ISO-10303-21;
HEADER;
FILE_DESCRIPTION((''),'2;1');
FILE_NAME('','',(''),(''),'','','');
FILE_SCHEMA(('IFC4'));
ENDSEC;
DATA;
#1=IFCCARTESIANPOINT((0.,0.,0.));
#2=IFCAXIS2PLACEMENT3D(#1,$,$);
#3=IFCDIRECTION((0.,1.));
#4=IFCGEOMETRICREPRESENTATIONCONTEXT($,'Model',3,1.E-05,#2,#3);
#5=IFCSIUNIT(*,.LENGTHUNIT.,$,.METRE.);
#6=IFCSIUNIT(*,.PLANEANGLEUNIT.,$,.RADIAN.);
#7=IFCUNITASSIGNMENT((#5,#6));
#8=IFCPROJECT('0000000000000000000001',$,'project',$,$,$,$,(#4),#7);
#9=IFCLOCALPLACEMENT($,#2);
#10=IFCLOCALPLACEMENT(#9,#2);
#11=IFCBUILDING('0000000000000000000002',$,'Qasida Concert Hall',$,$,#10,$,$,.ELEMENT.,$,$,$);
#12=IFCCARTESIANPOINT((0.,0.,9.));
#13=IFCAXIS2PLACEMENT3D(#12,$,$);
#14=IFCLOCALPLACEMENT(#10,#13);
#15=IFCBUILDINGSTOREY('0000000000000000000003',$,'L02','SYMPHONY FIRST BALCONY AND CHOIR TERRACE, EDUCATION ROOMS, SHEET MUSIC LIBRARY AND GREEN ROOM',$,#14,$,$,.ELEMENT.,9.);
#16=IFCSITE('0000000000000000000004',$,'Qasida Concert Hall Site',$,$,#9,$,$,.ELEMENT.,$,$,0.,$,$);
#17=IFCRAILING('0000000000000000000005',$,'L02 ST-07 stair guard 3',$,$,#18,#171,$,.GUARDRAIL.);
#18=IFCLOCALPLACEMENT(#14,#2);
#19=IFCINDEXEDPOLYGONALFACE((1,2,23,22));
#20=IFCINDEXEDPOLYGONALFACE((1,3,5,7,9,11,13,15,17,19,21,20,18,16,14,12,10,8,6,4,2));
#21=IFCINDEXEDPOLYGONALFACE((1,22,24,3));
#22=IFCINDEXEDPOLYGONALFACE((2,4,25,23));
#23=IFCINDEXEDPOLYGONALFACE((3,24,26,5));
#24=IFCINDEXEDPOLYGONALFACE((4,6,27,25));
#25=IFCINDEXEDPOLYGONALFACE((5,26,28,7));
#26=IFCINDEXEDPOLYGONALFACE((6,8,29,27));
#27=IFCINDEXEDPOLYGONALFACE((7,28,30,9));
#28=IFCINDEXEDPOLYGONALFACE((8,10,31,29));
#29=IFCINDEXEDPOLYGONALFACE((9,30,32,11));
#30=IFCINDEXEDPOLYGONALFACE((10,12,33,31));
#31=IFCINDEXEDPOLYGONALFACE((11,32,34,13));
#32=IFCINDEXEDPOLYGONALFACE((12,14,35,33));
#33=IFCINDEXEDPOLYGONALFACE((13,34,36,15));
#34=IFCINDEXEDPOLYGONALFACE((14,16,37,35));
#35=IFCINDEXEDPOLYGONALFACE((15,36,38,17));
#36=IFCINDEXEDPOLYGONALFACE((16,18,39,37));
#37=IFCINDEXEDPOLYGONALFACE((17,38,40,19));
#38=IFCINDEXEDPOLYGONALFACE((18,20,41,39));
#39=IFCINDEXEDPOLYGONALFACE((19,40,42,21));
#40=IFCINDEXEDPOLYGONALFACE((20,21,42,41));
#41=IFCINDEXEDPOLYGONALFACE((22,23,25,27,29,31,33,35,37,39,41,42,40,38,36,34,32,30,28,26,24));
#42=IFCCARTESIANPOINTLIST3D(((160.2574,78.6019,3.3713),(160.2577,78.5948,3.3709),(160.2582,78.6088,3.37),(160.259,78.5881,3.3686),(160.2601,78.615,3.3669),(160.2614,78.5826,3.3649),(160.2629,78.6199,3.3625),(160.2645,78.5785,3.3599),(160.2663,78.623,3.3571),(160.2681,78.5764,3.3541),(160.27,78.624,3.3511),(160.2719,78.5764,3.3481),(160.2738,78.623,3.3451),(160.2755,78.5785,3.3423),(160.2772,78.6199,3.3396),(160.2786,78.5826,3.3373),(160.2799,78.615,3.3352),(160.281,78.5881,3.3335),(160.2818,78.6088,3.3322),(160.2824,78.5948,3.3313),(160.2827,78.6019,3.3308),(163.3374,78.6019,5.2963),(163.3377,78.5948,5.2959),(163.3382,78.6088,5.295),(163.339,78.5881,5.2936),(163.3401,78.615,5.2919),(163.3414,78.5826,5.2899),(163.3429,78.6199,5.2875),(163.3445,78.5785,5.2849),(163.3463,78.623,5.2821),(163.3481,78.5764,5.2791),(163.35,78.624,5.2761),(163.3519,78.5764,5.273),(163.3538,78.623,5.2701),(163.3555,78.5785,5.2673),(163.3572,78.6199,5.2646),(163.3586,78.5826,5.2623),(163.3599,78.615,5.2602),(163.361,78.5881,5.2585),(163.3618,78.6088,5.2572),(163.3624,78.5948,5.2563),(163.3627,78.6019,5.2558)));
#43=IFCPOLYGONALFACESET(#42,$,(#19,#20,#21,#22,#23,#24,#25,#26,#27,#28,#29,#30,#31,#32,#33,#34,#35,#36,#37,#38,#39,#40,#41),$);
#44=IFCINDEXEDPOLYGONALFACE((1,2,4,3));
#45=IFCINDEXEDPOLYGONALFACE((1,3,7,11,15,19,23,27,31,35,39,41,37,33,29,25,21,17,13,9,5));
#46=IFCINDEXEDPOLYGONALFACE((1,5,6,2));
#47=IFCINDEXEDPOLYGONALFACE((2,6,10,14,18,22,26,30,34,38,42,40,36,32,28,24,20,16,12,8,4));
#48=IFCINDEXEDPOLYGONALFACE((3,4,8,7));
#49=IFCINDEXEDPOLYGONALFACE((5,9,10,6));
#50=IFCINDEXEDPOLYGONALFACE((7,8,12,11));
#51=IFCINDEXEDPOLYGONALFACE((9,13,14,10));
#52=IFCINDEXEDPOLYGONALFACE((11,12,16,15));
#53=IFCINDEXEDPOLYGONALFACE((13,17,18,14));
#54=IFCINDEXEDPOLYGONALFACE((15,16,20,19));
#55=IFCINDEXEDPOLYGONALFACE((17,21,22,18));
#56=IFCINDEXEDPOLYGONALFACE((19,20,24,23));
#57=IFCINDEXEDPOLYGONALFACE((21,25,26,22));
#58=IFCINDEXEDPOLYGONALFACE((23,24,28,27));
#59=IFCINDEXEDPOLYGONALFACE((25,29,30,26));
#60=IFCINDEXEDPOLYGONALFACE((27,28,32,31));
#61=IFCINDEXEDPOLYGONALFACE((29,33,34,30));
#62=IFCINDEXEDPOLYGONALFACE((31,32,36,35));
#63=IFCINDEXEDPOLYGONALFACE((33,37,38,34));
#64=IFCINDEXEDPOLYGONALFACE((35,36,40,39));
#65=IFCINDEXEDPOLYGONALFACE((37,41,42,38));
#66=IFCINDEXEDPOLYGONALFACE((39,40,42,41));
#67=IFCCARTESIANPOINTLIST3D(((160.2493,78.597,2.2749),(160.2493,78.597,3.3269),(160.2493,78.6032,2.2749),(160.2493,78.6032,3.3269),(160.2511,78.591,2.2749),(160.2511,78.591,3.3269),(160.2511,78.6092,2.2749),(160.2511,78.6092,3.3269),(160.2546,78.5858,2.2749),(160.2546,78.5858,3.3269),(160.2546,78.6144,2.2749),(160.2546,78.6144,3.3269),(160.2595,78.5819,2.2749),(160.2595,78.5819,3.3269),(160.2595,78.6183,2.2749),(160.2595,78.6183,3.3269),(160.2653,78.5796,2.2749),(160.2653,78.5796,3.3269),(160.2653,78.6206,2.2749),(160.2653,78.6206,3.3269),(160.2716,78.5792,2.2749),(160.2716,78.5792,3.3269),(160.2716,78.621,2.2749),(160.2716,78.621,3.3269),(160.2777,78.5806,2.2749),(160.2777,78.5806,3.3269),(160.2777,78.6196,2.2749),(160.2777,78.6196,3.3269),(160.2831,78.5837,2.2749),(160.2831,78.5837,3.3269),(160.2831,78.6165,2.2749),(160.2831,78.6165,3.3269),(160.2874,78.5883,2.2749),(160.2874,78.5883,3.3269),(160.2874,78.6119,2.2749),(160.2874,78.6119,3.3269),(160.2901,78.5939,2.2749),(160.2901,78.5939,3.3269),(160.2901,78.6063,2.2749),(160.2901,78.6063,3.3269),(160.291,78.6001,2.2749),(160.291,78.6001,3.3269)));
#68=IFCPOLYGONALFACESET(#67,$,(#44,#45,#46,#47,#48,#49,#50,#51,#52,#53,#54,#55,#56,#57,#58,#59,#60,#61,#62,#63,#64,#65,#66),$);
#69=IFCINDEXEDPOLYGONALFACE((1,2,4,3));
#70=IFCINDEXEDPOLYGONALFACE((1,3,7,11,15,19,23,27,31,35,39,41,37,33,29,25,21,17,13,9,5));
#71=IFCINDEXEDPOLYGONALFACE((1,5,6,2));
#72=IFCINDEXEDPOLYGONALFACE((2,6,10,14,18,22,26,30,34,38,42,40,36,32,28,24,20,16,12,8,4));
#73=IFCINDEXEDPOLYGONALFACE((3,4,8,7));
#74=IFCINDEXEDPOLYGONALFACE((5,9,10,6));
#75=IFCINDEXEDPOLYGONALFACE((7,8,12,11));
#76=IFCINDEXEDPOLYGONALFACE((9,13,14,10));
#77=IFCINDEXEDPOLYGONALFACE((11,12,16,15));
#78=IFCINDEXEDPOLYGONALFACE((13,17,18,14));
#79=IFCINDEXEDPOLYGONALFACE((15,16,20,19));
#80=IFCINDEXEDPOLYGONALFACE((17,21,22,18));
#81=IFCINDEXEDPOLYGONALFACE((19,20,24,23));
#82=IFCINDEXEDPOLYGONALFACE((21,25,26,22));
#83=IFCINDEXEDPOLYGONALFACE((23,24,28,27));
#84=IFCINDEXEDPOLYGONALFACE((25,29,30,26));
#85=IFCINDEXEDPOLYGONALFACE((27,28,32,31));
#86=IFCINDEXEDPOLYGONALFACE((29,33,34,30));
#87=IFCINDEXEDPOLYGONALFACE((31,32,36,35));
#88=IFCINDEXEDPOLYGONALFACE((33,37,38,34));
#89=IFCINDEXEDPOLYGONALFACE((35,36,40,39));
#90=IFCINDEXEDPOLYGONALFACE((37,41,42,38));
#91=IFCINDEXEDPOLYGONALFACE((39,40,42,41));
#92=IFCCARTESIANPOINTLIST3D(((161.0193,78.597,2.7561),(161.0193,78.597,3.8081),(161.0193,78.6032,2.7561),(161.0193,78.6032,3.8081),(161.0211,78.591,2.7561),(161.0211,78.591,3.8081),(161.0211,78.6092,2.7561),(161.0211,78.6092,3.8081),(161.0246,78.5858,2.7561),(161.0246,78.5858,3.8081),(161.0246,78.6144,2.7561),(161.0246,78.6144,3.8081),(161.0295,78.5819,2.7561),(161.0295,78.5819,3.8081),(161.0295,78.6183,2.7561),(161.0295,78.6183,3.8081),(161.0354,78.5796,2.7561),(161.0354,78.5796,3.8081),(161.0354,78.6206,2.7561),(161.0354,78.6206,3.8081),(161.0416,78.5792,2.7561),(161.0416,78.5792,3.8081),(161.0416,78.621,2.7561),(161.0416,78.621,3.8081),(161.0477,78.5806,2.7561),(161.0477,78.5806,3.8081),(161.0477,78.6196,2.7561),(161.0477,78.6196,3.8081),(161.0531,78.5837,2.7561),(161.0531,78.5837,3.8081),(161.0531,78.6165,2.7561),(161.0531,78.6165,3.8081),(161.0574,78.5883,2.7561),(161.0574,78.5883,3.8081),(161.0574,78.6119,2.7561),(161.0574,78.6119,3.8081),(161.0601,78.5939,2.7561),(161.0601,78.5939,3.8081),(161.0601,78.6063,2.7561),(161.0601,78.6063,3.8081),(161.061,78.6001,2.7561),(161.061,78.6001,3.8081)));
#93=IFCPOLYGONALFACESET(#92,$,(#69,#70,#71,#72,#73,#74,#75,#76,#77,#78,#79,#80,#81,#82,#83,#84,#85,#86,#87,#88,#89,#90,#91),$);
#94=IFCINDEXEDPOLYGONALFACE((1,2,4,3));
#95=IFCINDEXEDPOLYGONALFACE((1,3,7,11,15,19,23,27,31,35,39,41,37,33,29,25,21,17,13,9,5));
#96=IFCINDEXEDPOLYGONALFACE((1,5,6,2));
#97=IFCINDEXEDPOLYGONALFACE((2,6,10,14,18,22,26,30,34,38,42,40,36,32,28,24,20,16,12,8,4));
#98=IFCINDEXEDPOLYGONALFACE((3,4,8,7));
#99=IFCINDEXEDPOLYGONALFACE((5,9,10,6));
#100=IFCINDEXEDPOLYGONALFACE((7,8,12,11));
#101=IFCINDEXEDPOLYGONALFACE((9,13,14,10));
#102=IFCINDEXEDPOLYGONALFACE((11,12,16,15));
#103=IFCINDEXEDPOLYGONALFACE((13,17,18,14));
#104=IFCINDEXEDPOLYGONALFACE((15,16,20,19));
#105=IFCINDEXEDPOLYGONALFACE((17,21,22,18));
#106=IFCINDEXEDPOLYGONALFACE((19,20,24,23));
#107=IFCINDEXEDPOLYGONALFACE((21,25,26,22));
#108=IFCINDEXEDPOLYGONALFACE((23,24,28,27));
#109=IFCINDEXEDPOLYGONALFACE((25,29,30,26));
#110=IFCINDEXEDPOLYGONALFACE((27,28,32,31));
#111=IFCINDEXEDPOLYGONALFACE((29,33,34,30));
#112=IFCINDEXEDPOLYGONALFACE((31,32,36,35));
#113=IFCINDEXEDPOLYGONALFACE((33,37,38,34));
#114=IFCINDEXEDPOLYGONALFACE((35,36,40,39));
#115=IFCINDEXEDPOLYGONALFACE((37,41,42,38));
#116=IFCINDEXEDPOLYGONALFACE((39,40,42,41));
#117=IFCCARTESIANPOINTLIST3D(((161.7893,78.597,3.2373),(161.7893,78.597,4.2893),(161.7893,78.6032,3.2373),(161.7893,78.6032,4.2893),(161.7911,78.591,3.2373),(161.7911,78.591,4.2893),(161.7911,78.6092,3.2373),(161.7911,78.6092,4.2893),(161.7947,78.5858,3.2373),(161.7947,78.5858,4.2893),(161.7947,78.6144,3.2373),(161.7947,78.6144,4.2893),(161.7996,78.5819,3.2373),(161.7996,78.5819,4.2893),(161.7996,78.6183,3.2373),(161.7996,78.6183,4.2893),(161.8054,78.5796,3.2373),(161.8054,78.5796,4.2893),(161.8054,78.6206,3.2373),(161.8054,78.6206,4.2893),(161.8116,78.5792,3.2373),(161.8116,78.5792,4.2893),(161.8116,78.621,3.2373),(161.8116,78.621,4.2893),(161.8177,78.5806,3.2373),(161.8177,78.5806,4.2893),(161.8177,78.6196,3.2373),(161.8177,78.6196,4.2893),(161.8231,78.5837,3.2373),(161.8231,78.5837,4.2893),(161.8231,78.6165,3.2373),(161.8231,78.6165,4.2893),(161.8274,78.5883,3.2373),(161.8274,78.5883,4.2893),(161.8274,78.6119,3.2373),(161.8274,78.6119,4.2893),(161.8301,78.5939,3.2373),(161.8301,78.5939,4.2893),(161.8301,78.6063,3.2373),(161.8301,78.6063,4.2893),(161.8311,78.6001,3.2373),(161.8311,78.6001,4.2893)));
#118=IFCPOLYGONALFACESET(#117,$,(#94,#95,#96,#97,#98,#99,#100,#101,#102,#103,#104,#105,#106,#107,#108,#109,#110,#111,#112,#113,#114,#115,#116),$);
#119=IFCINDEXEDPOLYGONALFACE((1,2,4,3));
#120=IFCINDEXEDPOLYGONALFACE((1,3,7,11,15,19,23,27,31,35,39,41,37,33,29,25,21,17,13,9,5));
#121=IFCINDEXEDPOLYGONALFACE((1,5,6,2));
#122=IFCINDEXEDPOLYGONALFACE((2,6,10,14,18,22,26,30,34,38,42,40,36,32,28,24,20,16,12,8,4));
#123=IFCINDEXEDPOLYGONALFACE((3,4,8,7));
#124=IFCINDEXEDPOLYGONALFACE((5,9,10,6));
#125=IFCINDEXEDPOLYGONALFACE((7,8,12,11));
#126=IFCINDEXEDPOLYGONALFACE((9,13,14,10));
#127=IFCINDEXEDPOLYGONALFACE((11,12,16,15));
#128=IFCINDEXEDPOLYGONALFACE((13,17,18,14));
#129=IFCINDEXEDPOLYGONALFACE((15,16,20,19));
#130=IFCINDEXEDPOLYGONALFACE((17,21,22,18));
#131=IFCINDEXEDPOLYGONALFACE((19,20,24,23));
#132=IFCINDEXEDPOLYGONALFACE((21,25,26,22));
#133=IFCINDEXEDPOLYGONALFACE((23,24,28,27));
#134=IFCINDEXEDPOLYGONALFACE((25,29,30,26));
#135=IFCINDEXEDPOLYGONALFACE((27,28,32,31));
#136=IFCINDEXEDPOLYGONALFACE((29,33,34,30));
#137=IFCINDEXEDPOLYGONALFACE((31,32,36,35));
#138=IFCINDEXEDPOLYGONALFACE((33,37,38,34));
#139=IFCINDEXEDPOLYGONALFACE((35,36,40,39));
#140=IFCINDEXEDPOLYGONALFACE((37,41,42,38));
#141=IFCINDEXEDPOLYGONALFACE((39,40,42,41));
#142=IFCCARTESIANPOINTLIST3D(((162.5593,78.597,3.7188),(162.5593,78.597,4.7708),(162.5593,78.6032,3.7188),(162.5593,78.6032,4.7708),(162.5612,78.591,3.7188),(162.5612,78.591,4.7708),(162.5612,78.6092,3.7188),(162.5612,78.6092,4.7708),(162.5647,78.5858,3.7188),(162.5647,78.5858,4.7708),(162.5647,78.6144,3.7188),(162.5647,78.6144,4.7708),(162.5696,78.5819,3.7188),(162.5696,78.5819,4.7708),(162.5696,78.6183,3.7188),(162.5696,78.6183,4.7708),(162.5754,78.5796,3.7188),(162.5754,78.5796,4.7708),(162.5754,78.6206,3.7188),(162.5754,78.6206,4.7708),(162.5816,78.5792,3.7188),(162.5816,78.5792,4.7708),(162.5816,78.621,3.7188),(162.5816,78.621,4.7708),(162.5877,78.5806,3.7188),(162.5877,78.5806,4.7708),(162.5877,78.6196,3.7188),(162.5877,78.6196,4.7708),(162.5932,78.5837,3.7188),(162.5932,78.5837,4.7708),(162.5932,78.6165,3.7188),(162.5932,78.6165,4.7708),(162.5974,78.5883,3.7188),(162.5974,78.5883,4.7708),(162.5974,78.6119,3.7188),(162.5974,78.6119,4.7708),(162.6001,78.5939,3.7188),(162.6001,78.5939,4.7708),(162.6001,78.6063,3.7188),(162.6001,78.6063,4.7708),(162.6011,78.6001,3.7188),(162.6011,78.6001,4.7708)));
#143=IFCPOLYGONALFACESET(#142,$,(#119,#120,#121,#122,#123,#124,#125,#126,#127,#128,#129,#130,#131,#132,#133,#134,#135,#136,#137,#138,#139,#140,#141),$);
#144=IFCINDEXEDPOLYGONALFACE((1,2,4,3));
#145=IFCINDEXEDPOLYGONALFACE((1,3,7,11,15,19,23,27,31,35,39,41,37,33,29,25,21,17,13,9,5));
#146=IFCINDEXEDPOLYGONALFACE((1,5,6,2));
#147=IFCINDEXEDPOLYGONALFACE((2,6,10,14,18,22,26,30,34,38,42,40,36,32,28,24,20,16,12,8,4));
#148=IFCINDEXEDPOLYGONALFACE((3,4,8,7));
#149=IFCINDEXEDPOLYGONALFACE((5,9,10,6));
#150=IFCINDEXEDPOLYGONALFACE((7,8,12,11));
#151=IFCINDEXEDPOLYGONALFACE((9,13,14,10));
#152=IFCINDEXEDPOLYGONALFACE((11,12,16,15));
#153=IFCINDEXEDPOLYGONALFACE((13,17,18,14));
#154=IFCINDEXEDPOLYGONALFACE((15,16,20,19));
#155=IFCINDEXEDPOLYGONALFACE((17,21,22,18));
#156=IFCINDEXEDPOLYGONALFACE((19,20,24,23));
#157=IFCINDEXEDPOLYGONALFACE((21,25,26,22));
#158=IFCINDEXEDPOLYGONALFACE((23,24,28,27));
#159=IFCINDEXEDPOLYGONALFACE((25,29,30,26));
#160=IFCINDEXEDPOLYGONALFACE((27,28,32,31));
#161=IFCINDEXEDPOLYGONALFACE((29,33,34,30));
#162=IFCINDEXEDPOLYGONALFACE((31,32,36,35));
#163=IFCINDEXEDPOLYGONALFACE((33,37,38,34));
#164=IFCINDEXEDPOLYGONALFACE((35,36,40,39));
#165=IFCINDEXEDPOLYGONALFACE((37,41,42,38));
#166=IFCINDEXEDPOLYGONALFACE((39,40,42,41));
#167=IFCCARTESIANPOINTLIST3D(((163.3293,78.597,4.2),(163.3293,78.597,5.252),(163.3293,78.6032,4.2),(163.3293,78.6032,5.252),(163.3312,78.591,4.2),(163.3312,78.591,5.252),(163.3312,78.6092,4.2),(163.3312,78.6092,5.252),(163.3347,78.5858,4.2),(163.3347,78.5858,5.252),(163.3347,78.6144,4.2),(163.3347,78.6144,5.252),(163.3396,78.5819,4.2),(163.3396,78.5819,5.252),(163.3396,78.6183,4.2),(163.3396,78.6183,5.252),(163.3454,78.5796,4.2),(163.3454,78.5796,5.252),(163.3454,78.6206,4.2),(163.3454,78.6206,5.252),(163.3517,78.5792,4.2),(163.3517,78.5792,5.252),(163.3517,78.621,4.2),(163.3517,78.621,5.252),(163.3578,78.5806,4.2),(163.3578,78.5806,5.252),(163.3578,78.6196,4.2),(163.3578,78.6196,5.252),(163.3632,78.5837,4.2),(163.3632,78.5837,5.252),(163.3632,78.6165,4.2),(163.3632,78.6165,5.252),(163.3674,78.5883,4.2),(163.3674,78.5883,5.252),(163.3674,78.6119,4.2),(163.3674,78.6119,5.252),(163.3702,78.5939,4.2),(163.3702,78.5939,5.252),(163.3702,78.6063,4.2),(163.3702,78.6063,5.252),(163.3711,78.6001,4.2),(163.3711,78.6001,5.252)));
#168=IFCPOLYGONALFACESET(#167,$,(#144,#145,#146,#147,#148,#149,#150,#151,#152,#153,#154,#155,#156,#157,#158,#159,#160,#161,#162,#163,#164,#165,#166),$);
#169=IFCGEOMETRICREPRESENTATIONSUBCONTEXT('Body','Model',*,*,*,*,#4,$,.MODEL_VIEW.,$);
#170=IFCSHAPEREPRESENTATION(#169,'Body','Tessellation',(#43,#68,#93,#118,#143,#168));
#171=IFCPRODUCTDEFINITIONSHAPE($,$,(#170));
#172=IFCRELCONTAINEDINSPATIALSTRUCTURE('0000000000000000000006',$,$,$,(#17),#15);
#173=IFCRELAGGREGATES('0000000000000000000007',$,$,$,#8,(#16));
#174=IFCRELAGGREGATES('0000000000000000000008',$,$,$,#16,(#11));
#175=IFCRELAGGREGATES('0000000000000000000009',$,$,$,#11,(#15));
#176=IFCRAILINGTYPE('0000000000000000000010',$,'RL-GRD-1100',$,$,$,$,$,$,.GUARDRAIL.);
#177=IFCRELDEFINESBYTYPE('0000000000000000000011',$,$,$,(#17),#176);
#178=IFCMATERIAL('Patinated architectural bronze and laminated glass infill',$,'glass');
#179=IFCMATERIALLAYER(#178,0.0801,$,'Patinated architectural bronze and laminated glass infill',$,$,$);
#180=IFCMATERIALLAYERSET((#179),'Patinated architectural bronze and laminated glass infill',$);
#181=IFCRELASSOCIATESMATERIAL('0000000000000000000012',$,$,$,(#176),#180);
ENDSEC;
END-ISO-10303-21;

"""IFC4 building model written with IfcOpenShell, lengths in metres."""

from ifc_helpers import new_model, si_unit, direction, frame, origin, origin_2d, place, context, subcontext, project, spatial, circle, extrude, material, layer, layer_set, type_object, element, save


model = new_model("IFC4")

# Units and contexts
model_context = context("Model", 3, precision=1e-05, world=origin(), true_north=direction((0.0, 1.0)))
body_context = subcontext(model_context, "Body", "Model", "MODEL_VIEW")
ifc_project = project(units=[si_unit("LENGTHUNIT", "METRE"), si_unit("PLANEANGLEUNIT", "RADIAN")], contexts=[model_context])

# Site, building, storey
site_placement = place(None, origin())
site = spatial("IfcSite", under=ifc_project, at=site_placement, Name="Qasida Concert Hall Site", CompositionType="ELEMENT", RefElevation=0.0)
building_placement = place(site_placement, origin())
building = spatial("IfcBuilding", under=site, at=building_placement, Name="Qasida Concert Hall", CompositionType="ELEMENT")
storey_placement = place(building_placement, frame((0.0, 0.0, 9.0)))
storey = spatial("IfcBuildingStorey", under=building, at=storey_placement, Name="L02", Description="SYMPHONY FIRST BALCONY AND CHOIR TERRACE, EDUCATION ROOMS, SHEET MUSIC LIBRARY AND GREEN ROOM", CompositionType="ELEMENT", Elevation=9.0)

# Railing
ifc_material_1 = material(Name="Patinated architectural bronze and laminated glass infill", Category="glass")
ifc_layer_1 = layer(ifc_material_1, 0.0801, Name="Patinated architectural bronze and laminated glass infill")
ifc_layer_set_1 = layer_set([ifc_layer_1], Name="Patinated architectural bronze and laminated glass infill")
railing_type_1 = type_object("IfcRailingType", Name="RL-GRD-1100", PredefinedType="GUARDRAIL", material=ifc_layer_set_1)
railing_1_placement = place(storey_placement, frame((160.27, 78.6001, 2.2749)))
element("IfcRailing", 1, at=railing_1_placement, inside=storey, type_object=railing_type_1, Name="L02 ST-07 stair guard 3", PredefinedType="GUARDRAIL", context=body_context, shape_type="SweptSolid", body=[
    extrude(circle(Radius=0.0239, at=origin_2d()), frame((0.0, 0.0, 1.0762), z_axis=(0.847998, 0.0, 0.529999), x_axis=(0.0, 1.0, 0.0)), (0.0, 0.0, 1.0), 3.6321),
    extrude(circle(Radius=0.021, at=origin_2d()), origin(), (0.0, 0.0, 1.0), 1.052),
    extrude(circle(Radius=0.021, at=origin_2d()), frame((0.77, 0.0, 0.4812)), (0.0, 0.0, 1.0), 1.052),
    extrude(circle(Radius=0.021, at=origin_2d()), frame((1.54, 0.0, 0.9624)), (0.0, 0.0, 1.0), 1.052),
    extrude(circle(Radius=0.021, at=origin_2d()), frame((2.3101, 0.0, 1.4438)), (0.0, 0.0, 1.0), 1.052),
    extrude(circle(Radius=0.021, at=origin_2d()), frame((3.0801, 0.0, 1.925)), (0.0, 0.0, 1.0), 1.052),
])

save(model, "model.ifc")
